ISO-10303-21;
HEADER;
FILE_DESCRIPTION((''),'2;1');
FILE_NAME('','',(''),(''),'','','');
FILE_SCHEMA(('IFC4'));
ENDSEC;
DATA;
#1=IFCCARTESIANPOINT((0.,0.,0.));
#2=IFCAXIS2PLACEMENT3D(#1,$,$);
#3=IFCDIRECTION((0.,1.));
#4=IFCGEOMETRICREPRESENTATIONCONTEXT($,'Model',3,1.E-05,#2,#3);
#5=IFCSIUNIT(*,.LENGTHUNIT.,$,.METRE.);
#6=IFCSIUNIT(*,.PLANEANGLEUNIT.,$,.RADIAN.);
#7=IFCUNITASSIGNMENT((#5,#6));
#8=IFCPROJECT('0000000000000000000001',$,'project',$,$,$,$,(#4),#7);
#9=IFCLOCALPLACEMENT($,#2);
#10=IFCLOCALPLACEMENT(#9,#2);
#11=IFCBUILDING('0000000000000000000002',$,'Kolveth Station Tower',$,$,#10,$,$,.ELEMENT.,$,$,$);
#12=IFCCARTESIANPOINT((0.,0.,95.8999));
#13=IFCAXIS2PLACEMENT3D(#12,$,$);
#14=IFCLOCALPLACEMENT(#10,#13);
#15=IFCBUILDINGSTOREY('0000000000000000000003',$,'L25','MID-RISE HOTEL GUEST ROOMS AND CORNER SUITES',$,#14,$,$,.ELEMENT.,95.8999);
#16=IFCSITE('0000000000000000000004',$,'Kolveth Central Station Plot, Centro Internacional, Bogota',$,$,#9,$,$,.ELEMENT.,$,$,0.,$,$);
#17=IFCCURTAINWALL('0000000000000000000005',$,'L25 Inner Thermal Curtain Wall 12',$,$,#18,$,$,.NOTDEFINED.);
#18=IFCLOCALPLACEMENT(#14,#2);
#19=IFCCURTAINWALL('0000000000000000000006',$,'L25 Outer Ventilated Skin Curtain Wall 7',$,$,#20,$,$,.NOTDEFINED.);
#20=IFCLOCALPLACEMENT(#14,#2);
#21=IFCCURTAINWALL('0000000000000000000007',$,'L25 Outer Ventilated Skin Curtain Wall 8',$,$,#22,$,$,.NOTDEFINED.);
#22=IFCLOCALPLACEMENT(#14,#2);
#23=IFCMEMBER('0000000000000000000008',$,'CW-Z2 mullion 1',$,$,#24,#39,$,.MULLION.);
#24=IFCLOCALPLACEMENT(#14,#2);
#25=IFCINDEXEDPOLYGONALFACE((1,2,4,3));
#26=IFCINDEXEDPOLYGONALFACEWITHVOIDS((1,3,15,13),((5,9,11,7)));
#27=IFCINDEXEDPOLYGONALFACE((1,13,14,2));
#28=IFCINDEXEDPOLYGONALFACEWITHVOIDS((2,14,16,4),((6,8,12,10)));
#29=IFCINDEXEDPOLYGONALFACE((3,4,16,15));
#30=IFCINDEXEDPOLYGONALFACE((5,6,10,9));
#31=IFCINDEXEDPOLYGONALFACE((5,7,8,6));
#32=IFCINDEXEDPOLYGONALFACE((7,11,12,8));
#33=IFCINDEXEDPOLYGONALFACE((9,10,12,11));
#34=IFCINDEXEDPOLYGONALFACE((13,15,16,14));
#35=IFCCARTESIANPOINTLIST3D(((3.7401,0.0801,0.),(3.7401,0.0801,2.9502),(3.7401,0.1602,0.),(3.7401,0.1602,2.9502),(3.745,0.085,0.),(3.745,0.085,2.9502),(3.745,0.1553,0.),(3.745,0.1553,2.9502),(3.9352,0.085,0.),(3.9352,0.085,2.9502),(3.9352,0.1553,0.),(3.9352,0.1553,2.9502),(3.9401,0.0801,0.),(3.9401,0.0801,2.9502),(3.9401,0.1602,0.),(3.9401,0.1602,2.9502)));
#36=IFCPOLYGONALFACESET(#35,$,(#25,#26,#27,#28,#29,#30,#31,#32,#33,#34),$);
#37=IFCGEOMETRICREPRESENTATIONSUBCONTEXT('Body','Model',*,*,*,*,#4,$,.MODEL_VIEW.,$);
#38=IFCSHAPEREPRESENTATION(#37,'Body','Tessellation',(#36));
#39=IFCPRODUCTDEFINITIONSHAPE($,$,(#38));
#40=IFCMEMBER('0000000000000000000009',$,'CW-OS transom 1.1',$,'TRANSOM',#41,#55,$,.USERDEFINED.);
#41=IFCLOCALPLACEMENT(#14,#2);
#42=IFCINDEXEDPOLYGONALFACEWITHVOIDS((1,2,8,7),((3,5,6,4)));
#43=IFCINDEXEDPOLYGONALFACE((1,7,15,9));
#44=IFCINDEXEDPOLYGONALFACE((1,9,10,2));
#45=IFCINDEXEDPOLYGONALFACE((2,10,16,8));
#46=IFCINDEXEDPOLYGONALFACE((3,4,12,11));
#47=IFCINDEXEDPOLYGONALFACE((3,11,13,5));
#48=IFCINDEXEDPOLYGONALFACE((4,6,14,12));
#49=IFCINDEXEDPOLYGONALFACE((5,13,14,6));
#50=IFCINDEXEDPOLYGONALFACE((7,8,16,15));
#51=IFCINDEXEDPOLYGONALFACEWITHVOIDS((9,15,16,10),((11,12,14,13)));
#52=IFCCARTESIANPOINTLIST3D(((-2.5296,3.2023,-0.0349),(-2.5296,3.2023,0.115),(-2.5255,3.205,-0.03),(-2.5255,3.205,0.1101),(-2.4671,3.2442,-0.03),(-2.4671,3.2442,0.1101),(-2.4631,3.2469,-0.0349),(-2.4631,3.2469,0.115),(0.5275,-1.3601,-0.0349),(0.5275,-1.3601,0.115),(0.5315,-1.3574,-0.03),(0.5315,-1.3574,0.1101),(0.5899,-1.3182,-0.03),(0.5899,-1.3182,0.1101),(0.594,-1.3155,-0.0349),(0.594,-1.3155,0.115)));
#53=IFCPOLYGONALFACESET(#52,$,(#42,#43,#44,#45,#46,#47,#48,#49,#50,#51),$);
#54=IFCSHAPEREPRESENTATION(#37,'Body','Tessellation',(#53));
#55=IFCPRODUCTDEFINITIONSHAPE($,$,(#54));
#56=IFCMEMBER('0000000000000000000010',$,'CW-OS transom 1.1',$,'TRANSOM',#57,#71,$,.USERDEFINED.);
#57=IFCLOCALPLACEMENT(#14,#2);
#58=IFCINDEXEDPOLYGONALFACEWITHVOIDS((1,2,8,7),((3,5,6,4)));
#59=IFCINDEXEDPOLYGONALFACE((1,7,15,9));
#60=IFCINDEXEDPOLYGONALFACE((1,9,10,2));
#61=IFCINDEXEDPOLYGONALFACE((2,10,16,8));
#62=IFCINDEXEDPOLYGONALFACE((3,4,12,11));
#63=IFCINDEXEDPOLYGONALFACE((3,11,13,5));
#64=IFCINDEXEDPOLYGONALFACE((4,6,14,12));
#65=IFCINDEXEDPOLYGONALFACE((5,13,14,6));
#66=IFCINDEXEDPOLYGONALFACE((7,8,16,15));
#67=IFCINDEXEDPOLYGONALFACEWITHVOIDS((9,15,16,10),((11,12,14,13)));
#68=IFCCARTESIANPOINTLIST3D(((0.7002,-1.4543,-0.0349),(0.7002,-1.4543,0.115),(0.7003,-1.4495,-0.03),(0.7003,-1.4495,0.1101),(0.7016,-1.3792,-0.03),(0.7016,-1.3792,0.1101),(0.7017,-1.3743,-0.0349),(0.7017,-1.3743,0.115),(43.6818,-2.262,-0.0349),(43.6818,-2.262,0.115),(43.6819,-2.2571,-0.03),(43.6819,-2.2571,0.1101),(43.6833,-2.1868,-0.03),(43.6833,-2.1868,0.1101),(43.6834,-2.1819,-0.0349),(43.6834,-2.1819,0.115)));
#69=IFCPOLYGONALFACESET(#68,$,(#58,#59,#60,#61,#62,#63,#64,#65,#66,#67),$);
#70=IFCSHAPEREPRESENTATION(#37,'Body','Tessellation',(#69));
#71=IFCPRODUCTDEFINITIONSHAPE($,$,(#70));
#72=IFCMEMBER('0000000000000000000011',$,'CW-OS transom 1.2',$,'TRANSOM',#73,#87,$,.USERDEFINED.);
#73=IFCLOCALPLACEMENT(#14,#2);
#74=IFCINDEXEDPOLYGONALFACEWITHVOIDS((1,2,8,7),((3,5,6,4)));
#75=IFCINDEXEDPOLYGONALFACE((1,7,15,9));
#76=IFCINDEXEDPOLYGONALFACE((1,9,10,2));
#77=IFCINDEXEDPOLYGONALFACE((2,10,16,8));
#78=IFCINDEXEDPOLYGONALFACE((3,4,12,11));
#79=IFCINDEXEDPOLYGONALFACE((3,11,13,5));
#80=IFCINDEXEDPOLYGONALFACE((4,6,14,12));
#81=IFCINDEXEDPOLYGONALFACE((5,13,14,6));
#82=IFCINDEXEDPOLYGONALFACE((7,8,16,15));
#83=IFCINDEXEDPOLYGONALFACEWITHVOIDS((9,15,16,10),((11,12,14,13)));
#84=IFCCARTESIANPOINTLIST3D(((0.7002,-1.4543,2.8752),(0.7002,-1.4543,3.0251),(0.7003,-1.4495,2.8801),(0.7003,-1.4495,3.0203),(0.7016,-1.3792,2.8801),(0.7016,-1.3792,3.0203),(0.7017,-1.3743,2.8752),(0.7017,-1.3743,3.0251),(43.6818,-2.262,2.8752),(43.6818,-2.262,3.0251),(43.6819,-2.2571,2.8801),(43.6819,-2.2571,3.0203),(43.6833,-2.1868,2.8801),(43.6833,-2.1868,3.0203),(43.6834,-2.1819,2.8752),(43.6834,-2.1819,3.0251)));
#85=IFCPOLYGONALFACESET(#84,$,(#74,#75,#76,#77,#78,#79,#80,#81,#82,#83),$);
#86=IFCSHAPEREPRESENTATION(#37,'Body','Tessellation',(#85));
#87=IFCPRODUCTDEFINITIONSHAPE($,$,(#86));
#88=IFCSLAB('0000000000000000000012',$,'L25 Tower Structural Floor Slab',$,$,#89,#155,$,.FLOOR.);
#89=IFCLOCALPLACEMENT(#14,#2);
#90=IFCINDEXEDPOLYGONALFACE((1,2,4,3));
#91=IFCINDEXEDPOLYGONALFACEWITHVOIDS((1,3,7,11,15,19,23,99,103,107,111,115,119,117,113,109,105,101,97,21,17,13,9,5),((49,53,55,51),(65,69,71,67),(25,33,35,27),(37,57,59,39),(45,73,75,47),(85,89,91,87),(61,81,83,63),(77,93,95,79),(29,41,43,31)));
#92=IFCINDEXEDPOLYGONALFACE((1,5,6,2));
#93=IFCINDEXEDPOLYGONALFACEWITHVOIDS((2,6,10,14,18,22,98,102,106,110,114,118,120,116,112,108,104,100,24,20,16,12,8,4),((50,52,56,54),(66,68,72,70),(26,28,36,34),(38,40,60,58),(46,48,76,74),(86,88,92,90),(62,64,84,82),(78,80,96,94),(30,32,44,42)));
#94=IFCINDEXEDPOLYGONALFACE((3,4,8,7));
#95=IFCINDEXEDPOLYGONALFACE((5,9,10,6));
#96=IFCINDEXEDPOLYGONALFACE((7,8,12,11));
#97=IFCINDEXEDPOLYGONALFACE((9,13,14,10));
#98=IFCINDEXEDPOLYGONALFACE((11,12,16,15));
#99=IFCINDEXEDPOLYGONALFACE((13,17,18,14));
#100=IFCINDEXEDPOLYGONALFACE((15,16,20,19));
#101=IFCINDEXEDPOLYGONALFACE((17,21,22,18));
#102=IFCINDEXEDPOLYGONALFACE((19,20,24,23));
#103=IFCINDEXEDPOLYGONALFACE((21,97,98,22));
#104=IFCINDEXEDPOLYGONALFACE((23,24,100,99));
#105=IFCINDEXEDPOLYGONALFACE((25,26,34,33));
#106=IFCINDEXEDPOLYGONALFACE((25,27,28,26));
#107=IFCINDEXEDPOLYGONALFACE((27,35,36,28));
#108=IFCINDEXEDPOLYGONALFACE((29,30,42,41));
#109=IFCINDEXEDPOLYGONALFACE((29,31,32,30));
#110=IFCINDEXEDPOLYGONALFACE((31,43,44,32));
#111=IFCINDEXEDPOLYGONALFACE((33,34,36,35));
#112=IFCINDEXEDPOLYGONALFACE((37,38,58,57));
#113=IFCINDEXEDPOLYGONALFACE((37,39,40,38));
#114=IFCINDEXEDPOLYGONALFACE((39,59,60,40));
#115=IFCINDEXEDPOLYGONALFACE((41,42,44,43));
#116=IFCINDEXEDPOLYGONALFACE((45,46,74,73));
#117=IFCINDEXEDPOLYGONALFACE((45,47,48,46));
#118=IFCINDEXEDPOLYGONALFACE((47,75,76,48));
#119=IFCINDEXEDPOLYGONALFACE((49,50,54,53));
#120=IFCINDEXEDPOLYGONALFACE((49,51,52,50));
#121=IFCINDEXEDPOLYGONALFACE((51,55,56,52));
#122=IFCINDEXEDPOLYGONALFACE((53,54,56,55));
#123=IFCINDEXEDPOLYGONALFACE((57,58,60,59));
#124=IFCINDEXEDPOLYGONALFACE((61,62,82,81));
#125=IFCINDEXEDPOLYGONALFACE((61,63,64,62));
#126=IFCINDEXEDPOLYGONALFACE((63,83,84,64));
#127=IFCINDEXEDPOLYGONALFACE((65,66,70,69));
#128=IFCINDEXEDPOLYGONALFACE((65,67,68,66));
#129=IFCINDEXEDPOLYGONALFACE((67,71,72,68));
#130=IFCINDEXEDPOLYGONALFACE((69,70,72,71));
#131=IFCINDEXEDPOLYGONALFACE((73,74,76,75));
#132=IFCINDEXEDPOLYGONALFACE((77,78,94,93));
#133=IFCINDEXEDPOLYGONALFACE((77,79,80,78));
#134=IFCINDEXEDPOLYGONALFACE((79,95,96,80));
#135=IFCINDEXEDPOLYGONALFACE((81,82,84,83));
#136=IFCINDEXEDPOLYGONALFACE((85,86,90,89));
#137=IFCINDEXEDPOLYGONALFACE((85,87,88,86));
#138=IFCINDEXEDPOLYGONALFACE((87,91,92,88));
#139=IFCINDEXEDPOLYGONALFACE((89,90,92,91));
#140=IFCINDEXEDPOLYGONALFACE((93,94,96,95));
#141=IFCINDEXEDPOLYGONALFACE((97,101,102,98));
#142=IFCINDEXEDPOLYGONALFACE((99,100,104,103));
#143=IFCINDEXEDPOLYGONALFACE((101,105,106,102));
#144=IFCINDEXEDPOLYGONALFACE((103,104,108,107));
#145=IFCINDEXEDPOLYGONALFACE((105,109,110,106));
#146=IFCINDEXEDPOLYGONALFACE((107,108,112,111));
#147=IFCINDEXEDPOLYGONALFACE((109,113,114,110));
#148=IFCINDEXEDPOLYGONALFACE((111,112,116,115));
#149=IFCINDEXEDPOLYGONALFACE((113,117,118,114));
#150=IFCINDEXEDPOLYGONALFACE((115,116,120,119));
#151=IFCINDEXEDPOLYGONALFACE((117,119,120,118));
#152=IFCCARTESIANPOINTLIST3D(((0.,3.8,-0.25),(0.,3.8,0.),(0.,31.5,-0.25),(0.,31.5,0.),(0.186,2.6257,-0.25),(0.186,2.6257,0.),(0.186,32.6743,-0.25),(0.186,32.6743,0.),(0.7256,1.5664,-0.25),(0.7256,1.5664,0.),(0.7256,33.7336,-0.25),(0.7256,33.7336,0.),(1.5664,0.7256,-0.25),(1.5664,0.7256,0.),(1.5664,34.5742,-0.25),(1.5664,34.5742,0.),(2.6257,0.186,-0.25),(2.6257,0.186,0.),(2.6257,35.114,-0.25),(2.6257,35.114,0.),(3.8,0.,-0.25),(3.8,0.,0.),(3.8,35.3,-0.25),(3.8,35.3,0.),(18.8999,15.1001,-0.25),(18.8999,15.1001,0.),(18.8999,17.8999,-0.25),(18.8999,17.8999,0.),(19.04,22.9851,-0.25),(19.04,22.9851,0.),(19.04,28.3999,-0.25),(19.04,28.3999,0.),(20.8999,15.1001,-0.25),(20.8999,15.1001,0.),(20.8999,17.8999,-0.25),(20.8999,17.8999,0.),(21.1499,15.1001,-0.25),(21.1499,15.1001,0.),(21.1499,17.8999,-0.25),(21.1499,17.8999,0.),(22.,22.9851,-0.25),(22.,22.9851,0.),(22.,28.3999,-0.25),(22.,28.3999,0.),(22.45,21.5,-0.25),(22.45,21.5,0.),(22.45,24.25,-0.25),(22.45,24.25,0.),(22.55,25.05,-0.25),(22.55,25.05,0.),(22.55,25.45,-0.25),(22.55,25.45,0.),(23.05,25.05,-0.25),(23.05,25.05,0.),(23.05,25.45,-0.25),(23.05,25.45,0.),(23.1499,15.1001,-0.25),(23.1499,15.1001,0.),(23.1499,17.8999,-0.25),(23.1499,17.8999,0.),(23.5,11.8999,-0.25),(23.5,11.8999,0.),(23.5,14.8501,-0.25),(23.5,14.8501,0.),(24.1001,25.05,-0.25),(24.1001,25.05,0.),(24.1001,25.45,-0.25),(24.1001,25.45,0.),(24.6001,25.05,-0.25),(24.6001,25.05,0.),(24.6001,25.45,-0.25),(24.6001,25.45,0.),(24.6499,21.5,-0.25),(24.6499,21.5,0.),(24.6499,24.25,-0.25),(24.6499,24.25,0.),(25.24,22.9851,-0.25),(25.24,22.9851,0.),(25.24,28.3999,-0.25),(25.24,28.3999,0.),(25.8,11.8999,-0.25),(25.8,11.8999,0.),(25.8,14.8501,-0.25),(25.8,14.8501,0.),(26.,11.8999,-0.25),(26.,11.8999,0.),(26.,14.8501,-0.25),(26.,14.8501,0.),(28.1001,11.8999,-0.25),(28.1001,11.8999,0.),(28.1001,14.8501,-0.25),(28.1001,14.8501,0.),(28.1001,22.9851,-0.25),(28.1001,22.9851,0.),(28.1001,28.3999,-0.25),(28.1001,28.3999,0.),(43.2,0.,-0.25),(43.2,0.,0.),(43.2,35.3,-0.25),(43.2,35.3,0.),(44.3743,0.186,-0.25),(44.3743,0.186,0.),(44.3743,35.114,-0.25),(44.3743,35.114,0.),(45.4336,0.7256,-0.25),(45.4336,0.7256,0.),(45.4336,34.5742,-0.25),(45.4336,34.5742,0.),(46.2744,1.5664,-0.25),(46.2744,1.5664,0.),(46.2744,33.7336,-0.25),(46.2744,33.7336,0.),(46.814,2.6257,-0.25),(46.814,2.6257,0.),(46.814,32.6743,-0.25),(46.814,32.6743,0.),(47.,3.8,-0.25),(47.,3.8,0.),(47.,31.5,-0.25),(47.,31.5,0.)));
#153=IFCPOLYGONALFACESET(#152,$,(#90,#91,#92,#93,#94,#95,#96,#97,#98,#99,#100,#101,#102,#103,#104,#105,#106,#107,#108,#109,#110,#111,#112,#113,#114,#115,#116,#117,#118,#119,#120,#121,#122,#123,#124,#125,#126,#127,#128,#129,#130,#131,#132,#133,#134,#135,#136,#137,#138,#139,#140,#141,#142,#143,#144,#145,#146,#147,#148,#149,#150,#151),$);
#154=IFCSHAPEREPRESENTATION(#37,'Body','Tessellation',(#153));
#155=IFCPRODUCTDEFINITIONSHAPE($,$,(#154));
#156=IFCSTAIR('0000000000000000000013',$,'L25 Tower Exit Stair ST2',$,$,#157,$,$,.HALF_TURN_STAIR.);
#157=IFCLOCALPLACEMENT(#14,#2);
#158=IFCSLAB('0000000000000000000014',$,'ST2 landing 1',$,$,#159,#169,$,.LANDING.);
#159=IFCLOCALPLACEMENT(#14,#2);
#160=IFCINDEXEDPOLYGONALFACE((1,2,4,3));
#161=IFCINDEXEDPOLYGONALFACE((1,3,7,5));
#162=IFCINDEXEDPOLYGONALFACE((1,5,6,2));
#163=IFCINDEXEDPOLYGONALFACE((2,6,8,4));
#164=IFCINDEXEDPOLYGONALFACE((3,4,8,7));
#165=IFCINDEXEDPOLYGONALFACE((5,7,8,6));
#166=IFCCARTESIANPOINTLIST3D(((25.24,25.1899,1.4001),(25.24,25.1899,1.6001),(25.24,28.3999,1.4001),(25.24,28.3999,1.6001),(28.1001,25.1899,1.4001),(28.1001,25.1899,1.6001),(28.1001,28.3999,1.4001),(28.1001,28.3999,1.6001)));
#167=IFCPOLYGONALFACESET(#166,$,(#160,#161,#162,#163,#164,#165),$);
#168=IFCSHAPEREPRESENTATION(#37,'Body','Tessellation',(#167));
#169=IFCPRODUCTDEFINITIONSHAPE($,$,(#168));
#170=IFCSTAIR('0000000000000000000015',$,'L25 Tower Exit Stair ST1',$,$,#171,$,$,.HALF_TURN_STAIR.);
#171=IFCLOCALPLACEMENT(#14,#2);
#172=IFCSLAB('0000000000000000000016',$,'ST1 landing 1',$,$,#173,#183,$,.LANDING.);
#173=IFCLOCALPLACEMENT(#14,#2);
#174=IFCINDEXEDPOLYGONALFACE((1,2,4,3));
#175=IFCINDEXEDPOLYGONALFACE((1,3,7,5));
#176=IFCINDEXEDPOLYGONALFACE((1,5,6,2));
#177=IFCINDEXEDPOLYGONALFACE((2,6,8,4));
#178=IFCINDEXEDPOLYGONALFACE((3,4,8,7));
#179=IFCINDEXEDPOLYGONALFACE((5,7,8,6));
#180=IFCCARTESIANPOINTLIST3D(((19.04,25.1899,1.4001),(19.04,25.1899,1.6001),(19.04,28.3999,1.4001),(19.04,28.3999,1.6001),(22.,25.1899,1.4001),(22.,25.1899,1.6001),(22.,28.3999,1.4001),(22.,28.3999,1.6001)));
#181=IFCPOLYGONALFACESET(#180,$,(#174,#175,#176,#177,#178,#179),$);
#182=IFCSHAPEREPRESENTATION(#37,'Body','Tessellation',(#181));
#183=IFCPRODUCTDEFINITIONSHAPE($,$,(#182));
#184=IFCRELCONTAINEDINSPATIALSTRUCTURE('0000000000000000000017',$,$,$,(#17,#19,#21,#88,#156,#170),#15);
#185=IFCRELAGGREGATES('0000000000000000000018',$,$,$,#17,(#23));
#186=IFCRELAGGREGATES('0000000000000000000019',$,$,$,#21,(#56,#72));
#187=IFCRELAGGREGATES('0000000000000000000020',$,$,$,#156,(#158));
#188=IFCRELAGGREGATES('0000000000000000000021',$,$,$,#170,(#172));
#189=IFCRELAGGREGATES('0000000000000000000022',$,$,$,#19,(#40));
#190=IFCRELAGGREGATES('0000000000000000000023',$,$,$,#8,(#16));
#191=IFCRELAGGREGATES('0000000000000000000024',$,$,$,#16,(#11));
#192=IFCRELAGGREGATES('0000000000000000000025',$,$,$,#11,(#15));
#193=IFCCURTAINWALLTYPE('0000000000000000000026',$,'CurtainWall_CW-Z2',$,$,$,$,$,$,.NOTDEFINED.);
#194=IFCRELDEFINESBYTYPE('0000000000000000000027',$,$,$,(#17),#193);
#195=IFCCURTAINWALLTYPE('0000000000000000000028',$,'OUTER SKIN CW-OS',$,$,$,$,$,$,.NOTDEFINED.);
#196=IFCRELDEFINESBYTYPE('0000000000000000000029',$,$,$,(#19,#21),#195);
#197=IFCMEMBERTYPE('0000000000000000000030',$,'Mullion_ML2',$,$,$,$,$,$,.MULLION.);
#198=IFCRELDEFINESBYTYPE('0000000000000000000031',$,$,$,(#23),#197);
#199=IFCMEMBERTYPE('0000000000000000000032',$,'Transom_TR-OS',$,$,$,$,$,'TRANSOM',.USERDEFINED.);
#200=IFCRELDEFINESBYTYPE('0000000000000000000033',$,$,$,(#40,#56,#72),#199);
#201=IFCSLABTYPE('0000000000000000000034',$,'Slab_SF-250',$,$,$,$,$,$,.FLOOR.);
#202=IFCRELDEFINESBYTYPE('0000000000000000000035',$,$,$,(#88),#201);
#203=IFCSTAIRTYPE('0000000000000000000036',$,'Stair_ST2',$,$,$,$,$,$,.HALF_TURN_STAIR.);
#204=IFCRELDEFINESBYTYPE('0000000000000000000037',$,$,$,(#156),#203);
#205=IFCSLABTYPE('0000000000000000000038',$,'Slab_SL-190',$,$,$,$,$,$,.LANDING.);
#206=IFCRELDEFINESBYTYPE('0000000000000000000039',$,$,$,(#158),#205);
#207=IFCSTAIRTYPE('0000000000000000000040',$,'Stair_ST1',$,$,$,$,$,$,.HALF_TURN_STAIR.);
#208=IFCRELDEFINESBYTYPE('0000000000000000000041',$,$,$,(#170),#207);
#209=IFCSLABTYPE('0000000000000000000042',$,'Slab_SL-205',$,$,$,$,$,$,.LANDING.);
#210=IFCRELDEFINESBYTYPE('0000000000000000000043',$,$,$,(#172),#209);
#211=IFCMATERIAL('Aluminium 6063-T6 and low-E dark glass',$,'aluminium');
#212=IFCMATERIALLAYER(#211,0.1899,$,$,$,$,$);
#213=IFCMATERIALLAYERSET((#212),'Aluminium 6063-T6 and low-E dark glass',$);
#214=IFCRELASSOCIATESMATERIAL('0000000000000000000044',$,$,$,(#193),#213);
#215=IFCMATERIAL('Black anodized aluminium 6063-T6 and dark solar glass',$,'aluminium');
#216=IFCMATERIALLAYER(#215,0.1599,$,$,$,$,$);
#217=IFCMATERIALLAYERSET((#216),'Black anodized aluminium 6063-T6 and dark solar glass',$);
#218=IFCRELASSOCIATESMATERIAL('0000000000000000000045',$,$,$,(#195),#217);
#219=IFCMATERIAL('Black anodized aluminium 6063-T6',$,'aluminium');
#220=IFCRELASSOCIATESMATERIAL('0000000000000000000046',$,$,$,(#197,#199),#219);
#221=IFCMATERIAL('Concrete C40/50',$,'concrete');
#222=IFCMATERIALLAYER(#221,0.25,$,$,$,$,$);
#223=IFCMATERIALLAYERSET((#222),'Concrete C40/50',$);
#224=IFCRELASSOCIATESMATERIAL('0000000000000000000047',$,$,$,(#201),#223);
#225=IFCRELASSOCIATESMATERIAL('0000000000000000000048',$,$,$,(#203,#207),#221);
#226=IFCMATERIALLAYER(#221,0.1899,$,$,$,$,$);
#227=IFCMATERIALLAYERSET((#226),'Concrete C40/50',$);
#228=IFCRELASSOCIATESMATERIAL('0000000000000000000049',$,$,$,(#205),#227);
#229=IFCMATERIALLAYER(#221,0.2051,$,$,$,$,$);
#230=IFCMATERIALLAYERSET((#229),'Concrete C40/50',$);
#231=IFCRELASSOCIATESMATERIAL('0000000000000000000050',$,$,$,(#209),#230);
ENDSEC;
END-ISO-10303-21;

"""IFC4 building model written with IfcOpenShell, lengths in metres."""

from ifc_helpers import new_model, si_unit, direction, frame, origin, origin_2d, place, context, subcontext, project, spatial, polyline, hollow_rectangle, outline, extrude, source, transform, mapped, material, layer, layer_set, material_profile, profile_set, type_object, element, aggregate, save


model = new_model("IFC4")

# Units and contexts
model_context = context("Model", 3, precision=1e-05, world=origin(), true_north=direction((0.0, 1.0)))
body_context = subcontext(model_context, "Body", "Model", "MODEL_VIEW")
ifc_project = project(units=[si_unit("LENGTHUNIT", "METRE"), si_unit("PLANEANGLEUNIT", "RADIAN")], contexts=[model_context])

# Site, building, storey
site_placement = place(None, origin())
site = spatial("IfcSite", under=ifc_project, at=site_placement, Name="Kolveth Central Station Plot, Centro Internacional, Bogota", CompositionType="ELEMENT", RefElevation=0.0)
building_placement = place(site_placement, origin())
building = spatial("IfcBuilding", under=site, at=building_placement, Name="Kolveth Station Tower", CompositionType="ELEMENT")
storey_placement = place(building_placement, frame((0.0, 0.0, 95.8999)))
storey = spatial("IfcBuildingStorey", under=building, at=storey_placement, Name="L25", Description="MID-RISE HOTEL GUEST ROOMS AND CORNER SUITES", CompositionType="ELEMENT", Elevation=95.8999)

# Curtain wall
ifc_material_1 = material(Name="Aluminium 6063-T6 and low-E dark glass", Category="aluminium")
ifc_layer_1 = layer(ifc_material_1, 0.1899)
ifc_layer_set_1 = layer_set([ifc_layer_1], Name="Aluminium 6063-T6 and low-E dark glass")
curtain_wall_type_1 = type_object("IfcCurtainWallType", Name="CurtainWall_CW-Z2", PredefinedType="NOTDEFINED", material=ifc_layer_set_1)
ifc_material_2 = material(Name="Black anodized aluminium 6063-T6", Category="aluminium")
curtain_wall_1_placement = place(storey_placement, origin())
curtain_wall_1 = element("IfcCurtainWall", 1, at=curtain_wall_1_placement, inside=storey, type_object=curtain_wall_type_1, Name="L25 Inner Thermal Curtain Wall 12", PredefinedType="NOTDEFINED")

# Curtain walls
ifc_material_3 = material(Name="Black anodized aluminium 6063-T6 and dark solar glass", Category="aluminium")
ifc_layer_2 = layer(ifc_material_3, 0.1599)
ifc_layer_set_2 = layer_set([ifc_layer_2], Name="Black anodized aluminium 6063-T6 and dark solar glass")
curtain_wall_type_2 = type_object("IfcCurtainWallType", Name="OUTER SKIN CW-OS", PredefinedType="NOTDEFINED", material=ifc_layer_set_2)
curtain_wall_2_placement = place(storey_placement, origin())
curtain_wall_2 = element("IfcCurtainWall", 2, at=curtain_wall_2_placement, inside=storey, type_object=curtain_wall_type_2, Name="L25 Outer Ventilated Skin Curtain Wall 7", PredefinedType="NOTDEFINED")
curtain_wall_3_placement = place(storey_placement, origin())
curtain_wall_3 = element("IfcCurtainWall", 3, at=curtain_wall_3_placement, inside=storey, type_object=curtain_wall_type_2, Name="L25 Outer Ventilated Skin Curtain Wall 8", PredefinedType="NOTDEFINED")
ifc_material_profile_1 = material_profile(ifc_material_2, hollow_rectangle(XDim=0.0801, YDim=0.2, WallThickness=0.0049, at=origin_2d()), Name="ALU-80x200x5")
ifc_profile_set_1 = profile_set([ifc_material_profile_1], Name="Black anodized aluminium 6063-T6")
member_type_1 = type_object("IfcMemberType", Name="Mullion_ML2", PredefinedType="MULLION", material=ifc_profile_set_1)
shared_shape_1 = source(origin(), body_context, "Body", "SweptSolid", [
    extrude(hollow_rectangle(XDim=0.0801, YDim=0.2, WallThickness=0.0049, at=origin_2d()), origin(), (0.0, 0.0, 1.0), 2.9502),
])

# Members
member_1_placement = place(storey_placement, frame((3.8401, 0.1201, 0.0), z_axis=(0.0, 0.0, 1.0), x_axis=(0.0, 1.0, 0.0)))
member_1 = element("IfcMember", 4, at=member_1_placement, type_object=member_type_1, Name="CW-Z2 mullion 1", PredefinedType="MULLION", context=body_context, shape_type="MappedRepresentation", body=[
    mapped(shared_shape_1, transform((0.0, 0.0, 0.0), x_axis=(1.0, 0.0, 0.0), y_axis=(0.0, 1.0, 0.0), z_axis=(0.0, 0.0, 1.0), scale=1.0)),
])
aggregate(curtain_wall_1, [member_1])
ifc_material_profile_2 = material_profile(ifc_material_2, hollow_rectangle(XDim=0.0801, YDim=0.1499, WallThickness=0.0049, at=origin_2d()), Name="ALU-80x150x5")
ifc_profile_set_2 = profile_set([ifc_material_profile_2], Name="Black anodized aluminium 6063-T6")
member_type_2 = type_object("IfcMemberType", Name="Transom_TR-OS", ElementType="TRANSOM", PredefinedType="USERDEFINED", material=ifc_profile_set_2)
shared_shape_2 = source(origin(), body_context, "Body", "SweptSolid", [
    extrude(hollow_rectangle(XDim=0.0801, YDim=0.1499, WallThickness=0.0049, at=origin_2d()), origin(), (0.0, 0.0, 1.0), 5.4919),
])
member_2_placement = place(storey_placement, frame((-2.4963, 3.2246, 0.04), z_axis=(0.556648, -0.830749, 0.0), x_axis=(0.830749, 0.556648, 0.0)))
member_2 = element("IfcMember", 5, at=member_2_placement, type_object=member_type_2, Name="CW-OS transom 1.1", ObjectType="TRANSOM", PredefinedType="USERDEFINED", context=body_context, shape_type="MappedRepresentation", body=[
    mapped(shared_shape_2, transform((0.0, 0.0, 0.0), x_axis=(1.0, 0.0, 0.0), y_axis=(0.0, 1.0, 0.0), z_axis=(0.0, 0.0, 1.0), scale=1.0)),
])
shared_shape_3 = source(origin(), body_context, "Body", "SweptSolid", [
    extrude(hollow_rectangle(XDim=0.0801, YDim=0.1499, WallThickness=0.0049, at=origin_2d()), origin(), (0.0, 0.0, 1.0), 42.9893),
])
member_3_placement = place(storey_placement, frame((0.7009, -1.4143, 0.04), z_axis=(0.999824, -0.018786, 0.0), x_axis=(0.018786, 0.999824, 0.0)))
member_3 = element("IfcMember", 6, at=member_3_placement, type_object=member_type_2, Name="CW-OS transom 1.1", ObjectType="TRANSOM", PredefinedType="USERDEFINED", context=body_context, shape_type="MappedRepresentation", body=[
    mapped(shared_shape_3, transform((0.0, 0.0, 0.0), x_axis=(1.0, 0.0, 0.0), y_axis=(0.0, 1.0, 0.0), z_axis=(0.0, 0.0, 1.0), scale=1.0)),
])
member_4_placement = place(storey_placement, frame((0.7009, -1.4143, 2.9502), z_axis=(0.999824, -0.018786, 0.0), x_axis=(0.018786, 0.999824, 0.0)))
member_4 = element("IfcMember", 7, at=member_4_placement, type_object=member_type_2, Name="CW-OS transom 1.2", ObjectType="TRANSOM", PredefinedType="USERDEFINED", context=body_context, shape_type="MappedRepresentation", body=[
    mapped(shared_shape_3, transform((0.0, 0.0, 0.0), x_axis=(1.0, 0.0, 0.0), y_axis=(0.0, 1.0, 0.0), z_axis=(0.0, 0.0, 1.0), scale=1.0)),
])
aggregate(curtain_wall_3, [member_3, member_4])

# Slab
ifc_material_4 = material(Name="Concrete C40/50", Category="concrete")
ifc_layer_3 = layer(ifc_material_4, 0.25)
ifc_layer_set_3 = layer_set([ifc_layer_3], Name="Concrete C40/50")
slab_type_1 = type_object("IfcSlabType", Name="Slab_SF-250", PredefinedType="FLOOR", material=ifc_layer_set_3)
slab_1_placement = place(storey_placement, frame((0.0, 0.0, -0.25)))
element("IfcSlab", 8, at=slab_1_placement, inside=storey, type_object=slab_type_1, Name="L25 Tower Structural Floor Slab", PredefinedType="FLOOR", context=body_context, shape_type="SweptSolid", body=[
    extrude(outline(polyline([(43.2, 0.0), (44.3743, 0.186), (45.4336, 0.7256), (46.2744, 1.5664), (46.814, 2.6257), (47.0, 3.8), (47.0, 31.5), (46.814, 32.6743), (46.2744, 33.7336), (45.4336, 34.5742), (44.3743, 35.114), (43.2, 35.3), (3.8, 35.3), (2.6257, 35.114), (1.5664, 34.5742), (0.7256, 33.7336), (0.186, 32.6743), (0.0, 31.5), (0.0, 3.8), (0.186, 2.6257), (0.7256, 1.5664), (1.5664, 0.7256), (2.6257, 0.186), (3.8, 0.0), (43.2, 0.0)]), holes=[polyline([(19.04, 22.9851), (22.0, 22.9851), (22.0, 28.3999), (19.04, 28.3999), (19.04, 22.9851)]), polyline([(25.24, 22.9851), (28.1001, 22.9851), (28.1001, 28.3999), (25.24, 28.3999), (25.24, 22.9851)]), polyline([(18.8999, 15.1001), (20.8999, 15.1001), (20.8999, 17.8999), (18.8999, 17.8999), (18.8999, 15.1001)]), polyline([(21.1499, 15.1001), (23.1499, 15.1001), (23.1499, 17.8999), (21.1499, 17.8999), (21.1499, 15.1001)]), polyline([(22.45, 21.5), (24.6499, 21.5), (24.6499, 24.25), (22.45, 24.25), (22.45, 21.5)]), polyline([(23.5, 11.8999), (25.8, 11.8999), (25.8, 14.8501), (23.5, 14.8501), (23.5, 11.8999)]), polyline([(26.0, 11.8999), (28.1001, 11.8999), (28.1001, 14.8501), (26.0, 14.8501), (26.0, 11.8999)]), polyline([(22.55, 25.05), (23.05, 25.05), (23.05, 25.45), (22.55, 25.45), (22.55, 25.05)]), polyline([(24.1001, 25.05), (24.6001, 25.05), (24.6001, 25.45), (24.1001, 25.45), (24.1001, 25.05)])]), origin(), (0.0, 0.0, 1.0), 0.25),
])

# Stairs, slabs
stair_type_1 = type_object("IfcStairType", Name="Stair_ST2", PredefinedType="HALF_TURN_STAIR", material=ifc_material_4)
stair_1_placement = place(storey_placement, origin())
stair_1 = element("IfcStair", 9, at=stair_1_placement, inside=storey, type_object=stair_type_1, Name="L25 Tower Exit Stair ST2", PredefinedType="HALF_TURN_STAIR")
ifc_layer_4 = layer(ifc_material_4, 0.1899)
ifc_layer_set_4 = layer_set([ifc_layer_4], Name="Concrete C40/50")
slab_type_2 = type_object("IfcSlabType", Name="Slab_SL-190", PredefinedType="LANDING", material=ifc_layer_set_4)
slab_2_placement = place(storey_placement, frame((0.0, 0.0, 1.4001)))
slab_2 = element("IfcSlab", 10, at=slab_2_placement, type_object=slab_type_2, Name="ST2 landing 1", PredefinedType="LANDING", context=body_context, shape_type="SweptSolid", body=[
    extrude(outline(polyline([(28.1001, 25.1899), (28.1001, 28.3999), (25.24, 28.3999), (25.24, 25.1899), (28.1001, 25.1899)])), origin(), (0.0, 0.0, 1.0), 0.2),
])
aggregate(stair_1, [slab_2])
stair_type_2 = type_object("IfcStairType", Name="Stair_ST1", PredefinedType="HALF_TURN_STAIR", material=ifc_material_4)
stair_2_placement = place(storey_placement, origin())
stair_2 = element("IfcStair", 11, at=stair_2_placement, inside=storey, type_object=stair_type_2, Name="L25 Tower Exit Stair ST1", PredefinedType="HALF_TURN_STAIR")
ifc_layer_5 = layer(ifc_material_4, 0.2051)
ifc_layer_set_5 = layer_set([ifc_layer_5], Name="Concrete C40/50")
slab_type_3 = type_object("IfcSlabType", Name="Slab_SL-205", PredefinedType="LANDING", material=ifc_layer_set_5)
slab_3_placement = place(storey_placement, frame((0.0, 0.0, 1.4001)))
slab_3 = element("IfcSlab", 12, at=slab_3_placement, type_object=slab_type_3, Name="ST1 landing 1", PredefinedType="LANDING", context=body_context, shape_type="SweptSolid", body=[
    extrude(outline(polyline([(22.0, 25.1899), (22.0, 28.3999), (19.04, 28.3999), (19.04, 25.1899), (22.0, 25.1899)])), origin(), (0.0, 0.0, 1.0), 0.2),
])
aggregate(stair_2, [slab_3])

aggregate(curtain_wall_2, [member_2])

save(model, "model.ifc")
